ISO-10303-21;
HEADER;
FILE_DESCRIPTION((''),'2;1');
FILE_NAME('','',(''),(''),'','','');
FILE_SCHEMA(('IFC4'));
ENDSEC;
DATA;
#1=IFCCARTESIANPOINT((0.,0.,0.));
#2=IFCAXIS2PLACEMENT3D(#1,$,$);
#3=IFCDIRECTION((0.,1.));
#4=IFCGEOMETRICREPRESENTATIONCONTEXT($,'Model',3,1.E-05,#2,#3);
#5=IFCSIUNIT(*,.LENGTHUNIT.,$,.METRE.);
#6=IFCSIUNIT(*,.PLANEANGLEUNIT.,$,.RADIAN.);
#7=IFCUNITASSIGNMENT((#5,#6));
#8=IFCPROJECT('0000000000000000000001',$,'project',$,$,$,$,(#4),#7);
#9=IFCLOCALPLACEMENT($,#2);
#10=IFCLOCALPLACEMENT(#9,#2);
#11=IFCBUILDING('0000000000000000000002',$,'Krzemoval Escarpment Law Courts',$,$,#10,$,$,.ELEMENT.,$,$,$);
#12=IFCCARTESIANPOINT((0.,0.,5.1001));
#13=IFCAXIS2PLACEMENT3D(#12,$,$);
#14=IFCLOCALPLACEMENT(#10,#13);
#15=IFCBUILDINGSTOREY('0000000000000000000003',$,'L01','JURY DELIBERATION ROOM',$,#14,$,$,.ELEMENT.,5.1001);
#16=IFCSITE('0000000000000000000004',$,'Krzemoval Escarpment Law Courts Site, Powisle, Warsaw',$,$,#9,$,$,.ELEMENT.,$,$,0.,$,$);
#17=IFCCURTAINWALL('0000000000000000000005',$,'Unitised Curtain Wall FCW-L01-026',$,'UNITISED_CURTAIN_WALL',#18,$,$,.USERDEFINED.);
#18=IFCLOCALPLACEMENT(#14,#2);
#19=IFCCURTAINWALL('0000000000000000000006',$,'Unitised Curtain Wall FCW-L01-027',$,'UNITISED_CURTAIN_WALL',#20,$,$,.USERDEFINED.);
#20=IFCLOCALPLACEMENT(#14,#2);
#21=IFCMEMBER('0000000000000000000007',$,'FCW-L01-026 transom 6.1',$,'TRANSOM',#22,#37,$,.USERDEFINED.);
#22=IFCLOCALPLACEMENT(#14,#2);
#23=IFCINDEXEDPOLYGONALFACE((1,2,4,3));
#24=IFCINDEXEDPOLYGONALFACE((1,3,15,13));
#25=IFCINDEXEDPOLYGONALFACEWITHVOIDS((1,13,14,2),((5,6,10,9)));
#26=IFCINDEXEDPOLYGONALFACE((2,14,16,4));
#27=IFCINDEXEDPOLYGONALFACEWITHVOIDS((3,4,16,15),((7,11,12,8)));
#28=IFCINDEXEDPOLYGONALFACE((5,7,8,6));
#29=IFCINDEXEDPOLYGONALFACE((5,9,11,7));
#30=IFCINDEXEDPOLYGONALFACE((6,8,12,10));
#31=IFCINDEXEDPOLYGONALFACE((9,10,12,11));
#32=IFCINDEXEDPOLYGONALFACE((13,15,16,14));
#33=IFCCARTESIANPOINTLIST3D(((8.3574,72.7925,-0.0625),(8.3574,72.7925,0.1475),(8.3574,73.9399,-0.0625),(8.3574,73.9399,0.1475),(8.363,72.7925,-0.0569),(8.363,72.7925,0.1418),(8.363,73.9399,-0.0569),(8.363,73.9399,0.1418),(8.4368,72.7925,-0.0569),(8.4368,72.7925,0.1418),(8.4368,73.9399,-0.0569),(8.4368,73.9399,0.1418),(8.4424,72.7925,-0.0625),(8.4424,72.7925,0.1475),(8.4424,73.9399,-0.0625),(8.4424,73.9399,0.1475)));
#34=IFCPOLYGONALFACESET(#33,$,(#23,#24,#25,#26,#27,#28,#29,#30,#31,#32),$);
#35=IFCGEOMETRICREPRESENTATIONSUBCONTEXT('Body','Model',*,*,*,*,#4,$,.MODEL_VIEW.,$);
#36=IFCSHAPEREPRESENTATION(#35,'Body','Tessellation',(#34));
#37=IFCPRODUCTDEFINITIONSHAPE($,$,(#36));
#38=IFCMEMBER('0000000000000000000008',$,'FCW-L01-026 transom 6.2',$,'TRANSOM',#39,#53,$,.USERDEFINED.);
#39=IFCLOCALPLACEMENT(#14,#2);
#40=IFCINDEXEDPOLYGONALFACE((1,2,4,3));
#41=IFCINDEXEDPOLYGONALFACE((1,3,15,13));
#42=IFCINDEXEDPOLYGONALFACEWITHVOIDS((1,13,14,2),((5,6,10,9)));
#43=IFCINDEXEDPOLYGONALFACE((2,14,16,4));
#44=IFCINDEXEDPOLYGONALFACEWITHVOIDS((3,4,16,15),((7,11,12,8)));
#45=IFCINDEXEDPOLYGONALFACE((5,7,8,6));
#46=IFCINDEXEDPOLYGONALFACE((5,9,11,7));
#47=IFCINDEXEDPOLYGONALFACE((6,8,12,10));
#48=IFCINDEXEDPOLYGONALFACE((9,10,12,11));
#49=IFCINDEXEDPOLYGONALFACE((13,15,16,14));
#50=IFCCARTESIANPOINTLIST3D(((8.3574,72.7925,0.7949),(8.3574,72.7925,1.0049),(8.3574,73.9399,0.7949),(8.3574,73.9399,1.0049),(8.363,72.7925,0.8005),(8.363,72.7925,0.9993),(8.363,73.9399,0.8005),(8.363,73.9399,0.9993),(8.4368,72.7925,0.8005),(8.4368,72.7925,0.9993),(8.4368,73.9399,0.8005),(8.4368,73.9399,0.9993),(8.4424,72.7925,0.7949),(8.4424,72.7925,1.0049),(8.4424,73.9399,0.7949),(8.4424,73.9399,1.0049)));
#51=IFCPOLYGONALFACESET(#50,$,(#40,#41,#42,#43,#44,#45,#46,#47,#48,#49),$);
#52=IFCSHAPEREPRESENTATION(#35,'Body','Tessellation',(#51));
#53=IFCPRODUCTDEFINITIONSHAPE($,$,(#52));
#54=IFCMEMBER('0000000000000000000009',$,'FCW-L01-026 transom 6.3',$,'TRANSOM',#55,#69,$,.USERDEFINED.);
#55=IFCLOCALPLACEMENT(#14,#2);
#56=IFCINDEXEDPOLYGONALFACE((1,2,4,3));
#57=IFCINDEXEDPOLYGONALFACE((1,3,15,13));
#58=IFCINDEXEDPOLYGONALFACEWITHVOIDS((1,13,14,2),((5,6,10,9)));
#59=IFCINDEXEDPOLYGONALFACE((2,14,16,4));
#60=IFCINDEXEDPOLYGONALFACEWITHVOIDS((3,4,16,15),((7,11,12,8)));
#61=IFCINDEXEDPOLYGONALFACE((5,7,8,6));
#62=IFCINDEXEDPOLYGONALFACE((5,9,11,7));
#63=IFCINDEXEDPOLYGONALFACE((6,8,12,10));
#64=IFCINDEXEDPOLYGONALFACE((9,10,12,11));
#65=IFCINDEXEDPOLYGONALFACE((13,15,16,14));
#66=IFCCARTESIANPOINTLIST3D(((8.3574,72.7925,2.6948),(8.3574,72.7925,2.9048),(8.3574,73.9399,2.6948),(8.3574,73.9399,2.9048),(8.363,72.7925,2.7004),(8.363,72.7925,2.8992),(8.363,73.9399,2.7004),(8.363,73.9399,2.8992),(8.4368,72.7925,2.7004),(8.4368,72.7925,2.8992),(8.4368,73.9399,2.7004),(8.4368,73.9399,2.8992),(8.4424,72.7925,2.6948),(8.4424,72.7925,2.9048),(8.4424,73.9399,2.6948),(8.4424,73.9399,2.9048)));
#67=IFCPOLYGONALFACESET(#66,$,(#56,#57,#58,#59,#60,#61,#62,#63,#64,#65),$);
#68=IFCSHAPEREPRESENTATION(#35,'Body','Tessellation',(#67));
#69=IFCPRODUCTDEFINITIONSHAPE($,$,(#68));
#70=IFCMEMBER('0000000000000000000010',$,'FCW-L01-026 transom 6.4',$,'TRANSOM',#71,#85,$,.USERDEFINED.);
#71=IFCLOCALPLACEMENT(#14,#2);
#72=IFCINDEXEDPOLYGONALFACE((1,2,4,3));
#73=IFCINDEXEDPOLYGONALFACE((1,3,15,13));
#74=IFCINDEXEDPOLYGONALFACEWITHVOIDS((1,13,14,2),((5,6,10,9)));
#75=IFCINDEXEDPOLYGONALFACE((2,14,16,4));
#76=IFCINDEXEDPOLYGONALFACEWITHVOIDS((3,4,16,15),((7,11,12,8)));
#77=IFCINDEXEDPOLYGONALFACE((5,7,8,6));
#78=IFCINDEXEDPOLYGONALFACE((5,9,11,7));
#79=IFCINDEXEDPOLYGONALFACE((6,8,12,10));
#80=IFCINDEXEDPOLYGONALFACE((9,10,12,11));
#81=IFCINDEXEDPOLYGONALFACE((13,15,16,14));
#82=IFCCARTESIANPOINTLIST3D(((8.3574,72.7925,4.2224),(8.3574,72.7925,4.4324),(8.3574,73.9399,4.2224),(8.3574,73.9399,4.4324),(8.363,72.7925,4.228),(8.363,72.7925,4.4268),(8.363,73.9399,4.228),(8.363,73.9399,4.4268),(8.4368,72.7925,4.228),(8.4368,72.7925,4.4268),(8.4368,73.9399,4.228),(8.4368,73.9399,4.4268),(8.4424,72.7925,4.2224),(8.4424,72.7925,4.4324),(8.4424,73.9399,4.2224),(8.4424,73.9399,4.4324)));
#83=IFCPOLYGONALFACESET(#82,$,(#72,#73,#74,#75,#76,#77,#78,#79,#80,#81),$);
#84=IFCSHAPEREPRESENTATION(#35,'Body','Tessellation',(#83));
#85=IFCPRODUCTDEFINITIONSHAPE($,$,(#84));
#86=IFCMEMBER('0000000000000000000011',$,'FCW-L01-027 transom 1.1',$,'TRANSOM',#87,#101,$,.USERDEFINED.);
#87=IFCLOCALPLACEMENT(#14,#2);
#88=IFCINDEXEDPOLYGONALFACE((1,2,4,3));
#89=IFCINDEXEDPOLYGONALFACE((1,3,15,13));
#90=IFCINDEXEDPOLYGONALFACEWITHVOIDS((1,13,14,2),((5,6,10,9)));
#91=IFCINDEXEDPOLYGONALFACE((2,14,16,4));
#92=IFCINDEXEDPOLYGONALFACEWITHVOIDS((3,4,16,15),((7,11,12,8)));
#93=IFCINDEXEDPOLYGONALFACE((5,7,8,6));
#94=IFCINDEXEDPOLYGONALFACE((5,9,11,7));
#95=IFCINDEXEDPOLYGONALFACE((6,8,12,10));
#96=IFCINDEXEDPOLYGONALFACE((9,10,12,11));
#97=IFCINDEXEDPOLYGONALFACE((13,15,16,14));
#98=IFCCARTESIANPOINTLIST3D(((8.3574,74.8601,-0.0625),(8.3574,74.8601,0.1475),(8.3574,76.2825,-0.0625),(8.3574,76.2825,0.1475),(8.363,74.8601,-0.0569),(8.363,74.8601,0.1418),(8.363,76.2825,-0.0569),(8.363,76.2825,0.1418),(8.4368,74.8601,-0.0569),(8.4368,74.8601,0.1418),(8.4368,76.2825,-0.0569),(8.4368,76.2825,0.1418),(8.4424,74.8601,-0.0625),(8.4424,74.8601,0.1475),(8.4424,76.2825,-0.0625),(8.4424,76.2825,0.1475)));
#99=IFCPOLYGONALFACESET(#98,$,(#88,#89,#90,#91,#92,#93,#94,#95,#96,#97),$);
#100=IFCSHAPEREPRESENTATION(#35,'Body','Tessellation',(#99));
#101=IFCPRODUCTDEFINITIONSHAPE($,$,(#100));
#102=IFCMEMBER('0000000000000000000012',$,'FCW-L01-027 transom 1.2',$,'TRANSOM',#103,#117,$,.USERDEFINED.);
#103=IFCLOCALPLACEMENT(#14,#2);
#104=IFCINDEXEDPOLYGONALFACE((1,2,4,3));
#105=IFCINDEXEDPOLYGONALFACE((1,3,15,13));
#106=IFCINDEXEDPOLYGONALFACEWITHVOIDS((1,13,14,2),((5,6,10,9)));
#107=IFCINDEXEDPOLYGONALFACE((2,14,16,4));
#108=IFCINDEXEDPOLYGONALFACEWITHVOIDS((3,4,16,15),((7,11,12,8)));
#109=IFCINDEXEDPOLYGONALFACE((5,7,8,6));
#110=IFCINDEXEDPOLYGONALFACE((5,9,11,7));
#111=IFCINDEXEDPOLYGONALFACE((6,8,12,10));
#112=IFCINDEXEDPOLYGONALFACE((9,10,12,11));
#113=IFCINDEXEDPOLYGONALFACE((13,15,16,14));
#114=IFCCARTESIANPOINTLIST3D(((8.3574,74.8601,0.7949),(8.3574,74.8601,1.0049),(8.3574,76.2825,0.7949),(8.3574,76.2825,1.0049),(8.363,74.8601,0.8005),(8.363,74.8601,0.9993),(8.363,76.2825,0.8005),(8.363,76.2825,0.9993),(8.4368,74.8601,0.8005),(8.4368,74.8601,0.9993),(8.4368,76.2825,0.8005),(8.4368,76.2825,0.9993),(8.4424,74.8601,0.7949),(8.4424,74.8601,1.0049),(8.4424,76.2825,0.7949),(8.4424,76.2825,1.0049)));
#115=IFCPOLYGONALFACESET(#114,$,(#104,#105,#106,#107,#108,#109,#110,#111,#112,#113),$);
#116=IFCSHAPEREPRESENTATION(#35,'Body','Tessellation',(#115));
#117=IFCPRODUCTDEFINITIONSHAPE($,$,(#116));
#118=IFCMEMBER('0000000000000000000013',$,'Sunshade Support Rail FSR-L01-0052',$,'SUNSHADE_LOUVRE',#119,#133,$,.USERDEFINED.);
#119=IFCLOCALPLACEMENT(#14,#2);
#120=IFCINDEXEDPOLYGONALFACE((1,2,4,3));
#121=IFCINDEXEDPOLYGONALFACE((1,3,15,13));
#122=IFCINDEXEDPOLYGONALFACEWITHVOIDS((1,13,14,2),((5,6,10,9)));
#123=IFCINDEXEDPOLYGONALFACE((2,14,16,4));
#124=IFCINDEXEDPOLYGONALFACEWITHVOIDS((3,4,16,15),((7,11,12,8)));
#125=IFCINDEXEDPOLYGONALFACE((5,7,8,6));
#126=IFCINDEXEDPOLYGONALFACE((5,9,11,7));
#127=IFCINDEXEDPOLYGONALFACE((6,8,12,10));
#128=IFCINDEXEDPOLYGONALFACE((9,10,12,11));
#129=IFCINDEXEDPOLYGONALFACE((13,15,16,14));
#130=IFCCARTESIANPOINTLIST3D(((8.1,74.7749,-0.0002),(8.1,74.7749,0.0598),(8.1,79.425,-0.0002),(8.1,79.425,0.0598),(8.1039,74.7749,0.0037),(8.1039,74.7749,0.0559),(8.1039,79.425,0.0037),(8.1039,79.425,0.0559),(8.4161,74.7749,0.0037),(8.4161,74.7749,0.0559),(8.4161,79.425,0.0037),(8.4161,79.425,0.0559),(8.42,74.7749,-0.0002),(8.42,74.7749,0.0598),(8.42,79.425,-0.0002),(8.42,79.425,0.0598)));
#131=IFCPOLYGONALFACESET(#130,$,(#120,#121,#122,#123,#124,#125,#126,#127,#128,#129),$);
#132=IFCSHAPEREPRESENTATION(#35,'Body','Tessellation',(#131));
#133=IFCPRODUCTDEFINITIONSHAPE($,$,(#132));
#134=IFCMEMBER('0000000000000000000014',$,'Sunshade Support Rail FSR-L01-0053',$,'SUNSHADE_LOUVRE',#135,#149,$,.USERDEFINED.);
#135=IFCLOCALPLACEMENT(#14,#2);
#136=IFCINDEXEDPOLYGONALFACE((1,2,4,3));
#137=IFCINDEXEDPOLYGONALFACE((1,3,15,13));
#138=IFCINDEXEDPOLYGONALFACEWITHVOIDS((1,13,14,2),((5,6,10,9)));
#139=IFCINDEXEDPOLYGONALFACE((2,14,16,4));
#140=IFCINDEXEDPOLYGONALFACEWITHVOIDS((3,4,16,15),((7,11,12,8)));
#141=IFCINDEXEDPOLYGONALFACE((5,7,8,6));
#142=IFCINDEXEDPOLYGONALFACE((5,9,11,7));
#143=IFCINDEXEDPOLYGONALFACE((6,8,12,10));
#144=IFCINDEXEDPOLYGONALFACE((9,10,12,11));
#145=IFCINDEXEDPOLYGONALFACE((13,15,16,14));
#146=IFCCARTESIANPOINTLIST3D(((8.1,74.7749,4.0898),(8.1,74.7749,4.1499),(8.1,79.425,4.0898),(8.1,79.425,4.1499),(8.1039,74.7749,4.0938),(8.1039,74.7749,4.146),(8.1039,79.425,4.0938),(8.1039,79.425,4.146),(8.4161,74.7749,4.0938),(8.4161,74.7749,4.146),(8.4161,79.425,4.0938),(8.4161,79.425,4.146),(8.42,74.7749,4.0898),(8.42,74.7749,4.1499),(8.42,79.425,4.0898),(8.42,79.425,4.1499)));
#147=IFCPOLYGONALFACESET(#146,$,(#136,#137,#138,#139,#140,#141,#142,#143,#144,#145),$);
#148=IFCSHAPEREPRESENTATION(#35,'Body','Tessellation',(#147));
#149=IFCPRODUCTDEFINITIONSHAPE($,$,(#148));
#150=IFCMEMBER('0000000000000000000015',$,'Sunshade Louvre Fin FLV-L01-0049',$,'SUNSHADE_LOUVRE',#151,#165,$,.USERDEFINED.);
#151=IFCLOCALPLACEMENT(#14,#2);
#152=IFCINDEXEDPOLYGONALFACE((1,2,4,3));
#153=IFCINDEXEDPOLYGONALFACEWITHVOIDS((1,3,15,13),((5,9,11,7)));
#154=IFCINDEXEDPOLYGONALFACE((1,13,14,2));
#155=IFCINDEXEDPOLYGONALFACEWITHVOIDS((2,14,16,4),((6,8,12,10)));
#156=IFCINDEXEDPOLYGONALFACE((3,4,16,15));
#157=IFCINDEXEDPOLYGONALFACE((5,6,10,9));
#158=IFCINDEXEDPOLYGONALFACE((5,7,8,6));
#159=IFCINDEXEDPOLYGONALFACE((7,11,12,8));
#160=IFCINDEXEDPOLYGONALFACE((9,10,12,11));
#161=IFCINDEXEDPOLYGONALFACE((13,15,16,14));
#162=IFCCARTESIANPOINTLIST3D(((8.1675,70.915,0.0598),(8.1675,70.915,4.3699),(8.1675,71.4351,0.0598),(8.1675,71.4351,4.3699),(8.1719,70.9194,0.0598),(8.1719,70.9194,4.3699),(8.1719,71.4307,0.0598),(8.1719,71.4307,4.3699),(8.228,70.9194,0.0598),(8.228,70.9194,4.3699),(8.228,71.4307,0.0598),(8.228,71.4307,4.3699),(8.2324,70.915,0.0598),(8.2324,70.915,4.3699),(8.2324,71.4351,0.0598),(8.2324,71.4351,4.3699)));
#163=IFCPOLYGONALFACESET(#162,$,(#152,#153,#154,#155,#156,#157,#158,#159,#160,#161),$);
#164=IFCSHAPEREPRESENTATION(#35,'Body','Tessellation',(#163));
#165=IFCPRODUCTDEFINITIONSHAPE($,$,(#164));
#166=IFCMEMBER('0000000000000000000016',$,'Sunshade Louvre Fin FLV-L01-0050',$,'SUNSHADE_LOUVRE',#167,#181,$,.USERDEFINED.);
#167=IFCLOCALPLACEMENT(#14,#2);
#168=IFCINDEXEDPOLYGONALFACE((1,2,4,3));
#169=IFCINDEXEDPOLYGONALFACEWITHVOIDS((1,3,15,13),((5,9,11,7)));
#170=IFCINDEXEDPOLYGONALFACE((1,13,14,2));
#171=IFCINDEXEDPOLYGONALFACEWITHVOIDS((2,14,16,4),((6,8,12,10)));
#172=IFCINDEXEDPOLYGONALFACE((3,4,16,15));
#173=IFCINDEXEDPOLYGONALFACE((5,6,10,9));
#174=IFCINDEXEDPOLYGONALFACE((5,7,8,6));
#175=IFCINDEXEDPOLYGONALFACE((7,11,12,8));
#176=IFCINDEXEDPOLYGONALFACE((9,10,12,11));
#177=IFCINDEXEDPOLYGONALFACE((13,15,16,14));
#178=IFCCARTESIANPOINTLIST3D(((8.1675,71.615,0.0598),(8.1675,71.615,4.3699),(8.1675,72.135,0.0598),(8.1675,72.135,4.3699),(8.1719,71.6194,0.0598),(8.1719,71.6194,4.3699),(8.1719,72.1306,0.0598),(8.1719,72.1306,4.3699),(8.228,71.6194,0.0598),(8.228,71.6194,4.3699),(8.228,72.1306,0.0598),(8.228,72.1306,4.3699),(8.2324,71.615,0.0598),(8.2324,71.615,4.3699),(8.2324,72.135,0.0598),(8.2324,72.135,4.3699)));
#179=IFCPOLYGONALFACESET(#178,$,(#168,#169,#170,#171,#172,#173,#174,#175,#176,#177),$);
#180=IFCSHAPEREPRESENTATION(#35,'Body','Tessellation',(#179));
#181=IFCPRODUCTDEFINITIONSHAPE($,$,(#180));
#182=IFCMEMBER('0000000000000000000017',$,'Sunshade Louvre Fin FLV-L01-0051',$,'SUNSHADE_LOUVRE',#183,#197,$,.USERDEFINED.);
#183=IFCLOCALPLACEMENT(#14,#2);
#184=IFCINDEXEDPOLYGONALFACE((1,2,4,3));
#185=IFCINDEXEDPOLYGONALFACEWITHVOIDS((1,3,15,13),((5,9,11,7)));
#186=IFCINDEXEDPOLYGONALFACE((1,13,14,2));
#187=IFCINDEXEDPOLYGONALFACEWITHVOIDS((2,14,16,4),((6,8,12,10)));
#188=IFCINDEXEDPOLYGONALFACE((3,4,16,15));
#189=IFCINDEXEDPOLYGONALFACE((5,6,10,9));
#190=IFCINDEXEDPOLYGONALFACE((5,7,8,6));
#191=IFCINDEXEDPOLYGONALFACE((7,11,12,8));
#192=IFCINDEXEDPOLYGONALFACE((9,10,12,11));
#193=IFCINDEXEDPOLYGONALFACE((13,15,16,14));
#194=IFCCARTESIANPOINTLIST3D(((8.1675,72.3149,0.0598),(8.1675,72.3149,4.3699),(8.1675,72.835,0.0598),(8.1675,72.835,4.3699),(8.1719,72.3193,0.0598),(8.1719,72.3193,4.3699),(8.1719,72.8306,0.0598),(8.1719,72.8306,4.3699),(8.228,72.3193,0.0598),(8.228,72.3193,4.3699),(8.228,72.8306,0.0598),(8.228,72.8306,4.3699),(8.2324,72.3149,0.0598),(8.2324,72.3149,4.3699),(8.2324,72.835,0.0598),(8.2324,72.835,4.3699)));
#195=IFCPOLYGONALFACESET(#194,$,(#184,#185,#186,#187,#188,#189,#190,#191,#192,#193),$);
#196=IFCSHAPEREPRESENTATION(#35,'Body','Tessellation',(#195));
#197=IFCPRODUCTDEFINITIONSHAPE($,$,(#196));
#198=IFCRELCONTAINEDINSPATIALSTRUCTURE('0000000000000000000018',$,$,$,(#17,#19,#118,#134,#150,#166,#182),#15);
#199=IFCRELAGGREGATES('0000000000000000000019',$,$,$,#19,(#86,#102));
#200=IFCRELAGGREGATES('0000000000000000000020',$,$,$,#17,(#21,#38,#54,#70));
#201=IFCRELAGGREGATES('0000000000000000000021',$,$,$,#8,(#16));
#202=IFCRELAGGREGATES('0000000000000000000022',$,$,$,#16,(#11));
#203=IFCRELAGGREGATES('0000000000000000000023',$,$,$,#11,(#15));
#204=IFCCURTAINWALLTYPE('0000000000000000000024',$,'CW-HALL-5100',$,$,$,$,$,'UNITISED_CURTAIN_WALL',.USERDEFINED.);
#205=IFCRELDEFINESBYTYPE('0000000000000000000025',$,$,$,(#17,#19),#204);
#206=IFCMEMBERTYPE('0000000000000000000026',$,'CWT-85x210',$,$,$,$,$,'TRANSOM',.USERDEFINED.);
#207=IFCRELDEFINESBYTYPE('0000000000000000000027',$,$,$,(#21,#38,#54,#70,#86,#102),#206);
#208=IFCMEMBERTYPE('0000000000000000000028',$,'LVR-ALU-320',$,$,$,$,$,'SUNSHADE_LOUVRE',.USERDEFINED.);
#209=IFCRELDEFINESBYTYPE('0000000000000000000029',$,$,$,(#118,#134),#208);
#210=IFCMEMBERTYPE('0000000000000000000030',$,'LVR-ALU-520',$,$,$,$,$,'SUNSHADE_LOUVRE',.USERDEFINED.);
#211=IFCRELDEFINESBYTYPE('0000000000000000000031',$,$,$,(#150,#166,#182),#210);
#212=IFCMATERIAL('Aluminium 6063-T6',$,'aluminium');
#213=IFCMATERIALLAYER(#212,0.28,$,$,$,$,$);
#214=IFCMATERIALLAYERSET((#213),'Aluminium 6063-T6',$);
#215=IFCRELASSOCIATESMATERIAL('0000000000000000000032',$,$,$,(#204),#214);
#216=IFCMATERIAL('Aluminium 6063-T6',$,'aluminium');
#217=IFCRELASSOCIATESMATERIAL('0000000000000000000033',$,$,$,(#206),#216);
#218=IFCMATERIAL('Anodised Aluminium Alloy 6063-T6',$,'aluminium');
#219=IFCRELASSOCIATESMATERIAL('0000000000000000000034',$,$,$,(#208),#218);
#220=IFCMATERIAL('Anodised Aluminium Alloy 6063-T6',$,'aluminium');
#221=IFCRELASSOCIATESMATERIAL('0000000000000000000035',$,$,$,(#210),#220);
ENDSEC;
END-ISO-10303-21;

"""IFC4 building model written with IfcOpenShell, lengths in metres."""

from ifc_helpers import new_model, si_unit, direction, frame, origin, origin_2d, place, context, subcontext, project, spatial, hollow_rectangle, extrude, material, layer, layer_set, material_profile, profile_set, type_object, element, aggregate, save


model = new_model("IFC4")

# Units and contexts
model_context = context("Model", 3, precision=1e-05, world=origin(), true_north=direction((0.0, 1.0)))
body_context = subcontext(model_context, "Body", "Model", "MODEL_VIEW")
ifc_project = project(units=[si_unit("LENGTHUNIT", "METRE"), si_unit("PLANEANGLEUNIT", "RADIAN")], contexts=[model_context])

# Site, building, storey
site_placement = place(None, origin())
site = spatial("IfcSite", under=ifc_project, at=site_placement, Name="Krzemoval Escarpment Law Courts Site, Powisle, Warsaw", CompositionType="ELEMENT", RefElevation=0.0)
building_placement = place(site_placement, origin())
building = spatial("IfcBuilding", under=site, at=building_placement, Name="Krzemoval Escarpment Law Courts", CompositionType="ELEMENT")
storey_placement = place(building_placement, frame((0.0, 0.0, 5.1001)))
storey = spatial("IfcBuildingStorey", under=building, at=storey_placement, Name="L01", Description="JURY DELIBERATION ROOM", CompositionType="ELEMENT", Elevation=5.1001)

# Curtain wall
ifc_material_1 = material(Name="Aluminium 6063-T6", Category="aluminium")
ifc_layer_1 = layer(ifc_material_1, 0.28)
ifc_layer_set_1 = layer_set([ifc_layer_1], Name="Aluminium 6063-T6")
curtain_wall_type = type_object("IfcCurtainWallType", Name="CW-HALL-5100", ElementType="UNITISED_CURTAIN_WALL", PredefinedType="USERDEFINED", material=ifc_layer_set_1)
curtain_wall_1_placement = place(storey_placement, origin())
curtain_wall_1 = element("IfcCurtainWall", 1, at=curtain_wall_1_placement, inside=storey, type_object=curtain_wall_type, Name="Unitised Curtain Wall FCW-L01-026", ObjectType="UNITISED_CURTAIN_WALL", PredefinedType="USERDEFINED")

# Curtain wall
curtain_wall_2_placement = place(storey_placement, origin())
curtain_wall_2 = element("IfcCurtainWall", 2, at=curtain_wall_2_placement, inside=storey, type_object=curtain_wall_type, Name="Unitised Curtain Wall FCW-L01-027", ObjectType="UNITISED_CURTAIN_WALL", PredefinedType="USERDEFINED")

# Members
ifc_material_2 = material(Name="Aluminium 6063-T6", Category="aluminium")
ifc_material_profile_1 = material_profile(ifc_material_2, hollow_rectangle(XDim=0.085, YDim=0.21, WallThickness=0.0056, at=origin_2d()), Name="ALU T85x210")
ifc_profile_set_1 = profile_set([ifc_material_profile_1], Name="Aluminium 6063-T6")
member_type_1 = type_object("IfcMemberType", Name="CWT-85x210", ElementType="TRANSOM", PredefinedType="USERDEFINED", material=ifc_profile_set_1)
member_1_placement = place(storey_placement, frame((8.3999, 72.7925, 0.0425), z_axis=(0.0, 1.0, 0.0), x_axis=(-1.0, 0.0, 0.0)))
member_1 = element("IfcMember", 3, at=member_1_placement, type_object=member_type_1, Name="FCW-L01-026 transom 6.1", ObjectType="TRANSOM", PredefinedType="USERDEFINED", context=body_context, shape_type="SweptSolid", body=[
    extrude(hollow_rectangle(XDim=0.085, YDim=0.21, WallThickness=0.0056, at=origin_2d()), origin(), (0.0, 0.0, 1.0), 1.1475),
])
member_2_placement = place(storey_placement, frame((8.3999, 72.7925, 0.8999), z_axis=(0.0, 1.0, 0.0), x_axis=(-1.0, 0.0, 0.0)))
member_2 = element("IfcMember", 4, at=member_2_placement, type_object=member_type_1, Name="FCW-L01-026 transom 6.2", ObjectType="TRANSOM", PredefinedType="USERDEFINED", context=body_context, shape_type="SweptSolid", body=[
    extrude(hollow_rectangle(XDim=0.085, YDim=0.21, WallThickness=0.0056, at=origin_2d()), origin(), (0.0, 0.0, 1.0), 1.1475),
])
member_3_placement = place(storey_placement, frame((8.3999, 72.7925, 2.7998), z_axis=(0.0, 1.0, 0.0), x_axis=(-1.0, 0.0, 0.0)))
member_3 = element("IfcMember", 5, at=member_3_placement, type_object=member_type_1, Name="FCW-L01-026 transom 6.3", ObjectType="TRANSOM", PredefinedType="USERDEFINED", context=body_context, shape_type="SweptSolid", body=[
    extrude(hollow_rectangle(XDim=0.085, YDim=0.21, WallThickness=0.0056, at=origin_2d()), origin(), (0.0, 0.0, 1.0), 1.1475),
])
member_4_placement = place(storey_placement, frame((8.3999, 72.7925, 4.3274), z_axis=(0.0, 1.0, 0.0), x_axis=(-1.0, 0.0, 0.0)))
member_4 = element("IfcMember", 6, at=member_4_placement, type_object=member_type_1, Name="FCW-L01-026 transom 6.4", ObjectType="TRANSOM", PredefinedType="USERDEFINED", context=body_context, shape_type="SweptSolid", body=[
    extrude(hollow_rectangle(XDim=0.085, YDim=0.21, WallThickness=0.0056, at=origin_2d()), origin(), (0.0, 0.0, 1.0), 1.1475),
])
member_5_placement = place(storey_placement, frame((8.3999, 74.8601, 0.0425), z_axis=(0.0, 1.0, 0.0), x_axis=(-1.0, 0.0, 0.0)))
member_5 = element("IfcMember", 7, at=member_5_placement, type_object=member_type_1, Name="FCW-L01-027 transom 1.1", ObjectType="TRANSOM", PredefinedType="USERDEFINED", context=body_context, shape_type="SweptSolid", body=[
    extrude(hollow_rectangle(XDim=0.085, YDim=0.21, WallThickness=0.0056, at=origin_2d()), origin(), (0.0, 0.0, 1.0), 1.4224),
])
member_6_placement = place(storey_placement, frame((8.3999, 74.8601, 0.8999), z_axis=(0.0, 1.0, 0.0), x_axis=(-1.0, 0.0, 0.0)))
member_6 = element("IfcMember", 8, at=member_6_placement, type_object=member_type_1, Name="FCW-L01-027 transom 1.2", ObjectType="TRANSOM", PredefinedType="USERDEFINED", context=body_context, shape_type="SweptSolid", body=[
    extrude(hollow_rectangle(XDim=0.085, YDim=0.21, WallThickness=0.0056, at=origin_2d()), origin(), (0.0, 0.0, 1.0), 1.4224),
])
aggregate(curtain_wall_2, [member_5, member_6])

# Members
ifc_material_3 = material(Name="Anodised Aluminium Alloy 6063-T6", Category="aluminium")
ifc_material_profile_2 = material_profile(ifc_material_3, hollow_rectangle(XDim=0.0601, YDim=0.3201, WallThickness=0.0039, at=origin_2d()), Name="ALU LVR 60x320")
ifc_profile_set_2 = profile_set([ifc_material_profile_2], Name="Anodised Aluminium Alloy 6063-T6")
member_type_2 = type_object("IfcMemberType", Name="LVR-ALU-320", ElementType="SUNSHADE_LOUVRE", PredefinedType="USERDEFINED", material=ifc_profile_set_2)
for number, where, z_axis, x_axis, name in (
    (9, (8.26, 74.7749, 0.0298), (0.0, 1.0, 0.0), (0.0, 0.0, 1.0), "Sunshade Support Rail FSR-L01-0052"),
    (10, (8.26, 74.7749, 4.1199), (0.0, 1.0, 0.0), (0.0, 0.0, 1.0), "Sunshade Support Rail FSR-L01-0053"),
):
    element("IfcMember", number, at=place(storey_placement, frame(where, z_axis=z_axis, x_axis=x_axis)), inside=storey, type_object=member_type_2, Name=name, ObjectType="SUNSHADE_LOUVRE", PredefinedType="USERDEFINED", context=body_context, shape_type="SweptSolid", body=[
        extrude(hollow_rectangle(XDim=0.0601, YDim=0.3201, WallThickness=0.0039, at=origin_2d()), origin(), (0.0, 0.0, 1.0), 4.6501),
    ])
ifc_material_4 = material(Name="Anodised Aluminium Alloy 6063-T6", Category="aluminium")
ifc_material_profile_3 = material_profile(ifc_material_4, hollow_rectangle(XDim=0.0649, YDim=0.52, WallThickness=0.0044, at=origin_2d()), Name="ALU LVR 65x520")
ifc_profile_set_3 = profile_set([ifc_material_profile_3], Name="Anodised Aluminium Alloy 6063-T6")
member_type_3 = type_object("IfcMemberType", Name="LVR-ALU-520", ElementType="SUNSHADE_LOUVRE", PredefinedType="USERDEFINED", material=ifc_profile_set_3)
for number, where, z_axis, x_axis, name in (
    (11, (8.2, 71.175, 0.0598), (0.0, 0.0, 1.0), (1.0, 0.0, 0.0), "Sunshade Louvre Fin FLV-L01-0049"),
    (12, (8.2, 71.875, 0.0598), (0.0, 0.0, 1.0), (1.0, 0.0, 0.0), "Sunshade Louvre Fin FLV-L01-0050"),
    (13, (8.2, 72.575, 0.0598), (0.0, 0.0, 1.0), (1.0, 0.0, 0.0), "Sunshade Louvre Fin FLV-L01-0051"),
):
    element("IfcMember", number, at=place(storey_placement, frame(where, z_axis=z_axis, x_axis=x_axis)), inside=storey, type_object=member_type_3, Name=name, ObjectType="SUNSHADE_LOUVRE", PredefinedType="USERDEFINED", context=body_context, shape_type="SweptSolid", body=[
        extrude(hollow_rectangle(XDim=0.0649, YDim=0.52, WallThickness=0.0044, at=origin_2d()), origin(), (0.0, 0.0, 1.0), 4.3101),
    ])

aggregate(curtain_wall_1, [member_1, member_2, member_3, member_4])

save(model, "model.ifc")
